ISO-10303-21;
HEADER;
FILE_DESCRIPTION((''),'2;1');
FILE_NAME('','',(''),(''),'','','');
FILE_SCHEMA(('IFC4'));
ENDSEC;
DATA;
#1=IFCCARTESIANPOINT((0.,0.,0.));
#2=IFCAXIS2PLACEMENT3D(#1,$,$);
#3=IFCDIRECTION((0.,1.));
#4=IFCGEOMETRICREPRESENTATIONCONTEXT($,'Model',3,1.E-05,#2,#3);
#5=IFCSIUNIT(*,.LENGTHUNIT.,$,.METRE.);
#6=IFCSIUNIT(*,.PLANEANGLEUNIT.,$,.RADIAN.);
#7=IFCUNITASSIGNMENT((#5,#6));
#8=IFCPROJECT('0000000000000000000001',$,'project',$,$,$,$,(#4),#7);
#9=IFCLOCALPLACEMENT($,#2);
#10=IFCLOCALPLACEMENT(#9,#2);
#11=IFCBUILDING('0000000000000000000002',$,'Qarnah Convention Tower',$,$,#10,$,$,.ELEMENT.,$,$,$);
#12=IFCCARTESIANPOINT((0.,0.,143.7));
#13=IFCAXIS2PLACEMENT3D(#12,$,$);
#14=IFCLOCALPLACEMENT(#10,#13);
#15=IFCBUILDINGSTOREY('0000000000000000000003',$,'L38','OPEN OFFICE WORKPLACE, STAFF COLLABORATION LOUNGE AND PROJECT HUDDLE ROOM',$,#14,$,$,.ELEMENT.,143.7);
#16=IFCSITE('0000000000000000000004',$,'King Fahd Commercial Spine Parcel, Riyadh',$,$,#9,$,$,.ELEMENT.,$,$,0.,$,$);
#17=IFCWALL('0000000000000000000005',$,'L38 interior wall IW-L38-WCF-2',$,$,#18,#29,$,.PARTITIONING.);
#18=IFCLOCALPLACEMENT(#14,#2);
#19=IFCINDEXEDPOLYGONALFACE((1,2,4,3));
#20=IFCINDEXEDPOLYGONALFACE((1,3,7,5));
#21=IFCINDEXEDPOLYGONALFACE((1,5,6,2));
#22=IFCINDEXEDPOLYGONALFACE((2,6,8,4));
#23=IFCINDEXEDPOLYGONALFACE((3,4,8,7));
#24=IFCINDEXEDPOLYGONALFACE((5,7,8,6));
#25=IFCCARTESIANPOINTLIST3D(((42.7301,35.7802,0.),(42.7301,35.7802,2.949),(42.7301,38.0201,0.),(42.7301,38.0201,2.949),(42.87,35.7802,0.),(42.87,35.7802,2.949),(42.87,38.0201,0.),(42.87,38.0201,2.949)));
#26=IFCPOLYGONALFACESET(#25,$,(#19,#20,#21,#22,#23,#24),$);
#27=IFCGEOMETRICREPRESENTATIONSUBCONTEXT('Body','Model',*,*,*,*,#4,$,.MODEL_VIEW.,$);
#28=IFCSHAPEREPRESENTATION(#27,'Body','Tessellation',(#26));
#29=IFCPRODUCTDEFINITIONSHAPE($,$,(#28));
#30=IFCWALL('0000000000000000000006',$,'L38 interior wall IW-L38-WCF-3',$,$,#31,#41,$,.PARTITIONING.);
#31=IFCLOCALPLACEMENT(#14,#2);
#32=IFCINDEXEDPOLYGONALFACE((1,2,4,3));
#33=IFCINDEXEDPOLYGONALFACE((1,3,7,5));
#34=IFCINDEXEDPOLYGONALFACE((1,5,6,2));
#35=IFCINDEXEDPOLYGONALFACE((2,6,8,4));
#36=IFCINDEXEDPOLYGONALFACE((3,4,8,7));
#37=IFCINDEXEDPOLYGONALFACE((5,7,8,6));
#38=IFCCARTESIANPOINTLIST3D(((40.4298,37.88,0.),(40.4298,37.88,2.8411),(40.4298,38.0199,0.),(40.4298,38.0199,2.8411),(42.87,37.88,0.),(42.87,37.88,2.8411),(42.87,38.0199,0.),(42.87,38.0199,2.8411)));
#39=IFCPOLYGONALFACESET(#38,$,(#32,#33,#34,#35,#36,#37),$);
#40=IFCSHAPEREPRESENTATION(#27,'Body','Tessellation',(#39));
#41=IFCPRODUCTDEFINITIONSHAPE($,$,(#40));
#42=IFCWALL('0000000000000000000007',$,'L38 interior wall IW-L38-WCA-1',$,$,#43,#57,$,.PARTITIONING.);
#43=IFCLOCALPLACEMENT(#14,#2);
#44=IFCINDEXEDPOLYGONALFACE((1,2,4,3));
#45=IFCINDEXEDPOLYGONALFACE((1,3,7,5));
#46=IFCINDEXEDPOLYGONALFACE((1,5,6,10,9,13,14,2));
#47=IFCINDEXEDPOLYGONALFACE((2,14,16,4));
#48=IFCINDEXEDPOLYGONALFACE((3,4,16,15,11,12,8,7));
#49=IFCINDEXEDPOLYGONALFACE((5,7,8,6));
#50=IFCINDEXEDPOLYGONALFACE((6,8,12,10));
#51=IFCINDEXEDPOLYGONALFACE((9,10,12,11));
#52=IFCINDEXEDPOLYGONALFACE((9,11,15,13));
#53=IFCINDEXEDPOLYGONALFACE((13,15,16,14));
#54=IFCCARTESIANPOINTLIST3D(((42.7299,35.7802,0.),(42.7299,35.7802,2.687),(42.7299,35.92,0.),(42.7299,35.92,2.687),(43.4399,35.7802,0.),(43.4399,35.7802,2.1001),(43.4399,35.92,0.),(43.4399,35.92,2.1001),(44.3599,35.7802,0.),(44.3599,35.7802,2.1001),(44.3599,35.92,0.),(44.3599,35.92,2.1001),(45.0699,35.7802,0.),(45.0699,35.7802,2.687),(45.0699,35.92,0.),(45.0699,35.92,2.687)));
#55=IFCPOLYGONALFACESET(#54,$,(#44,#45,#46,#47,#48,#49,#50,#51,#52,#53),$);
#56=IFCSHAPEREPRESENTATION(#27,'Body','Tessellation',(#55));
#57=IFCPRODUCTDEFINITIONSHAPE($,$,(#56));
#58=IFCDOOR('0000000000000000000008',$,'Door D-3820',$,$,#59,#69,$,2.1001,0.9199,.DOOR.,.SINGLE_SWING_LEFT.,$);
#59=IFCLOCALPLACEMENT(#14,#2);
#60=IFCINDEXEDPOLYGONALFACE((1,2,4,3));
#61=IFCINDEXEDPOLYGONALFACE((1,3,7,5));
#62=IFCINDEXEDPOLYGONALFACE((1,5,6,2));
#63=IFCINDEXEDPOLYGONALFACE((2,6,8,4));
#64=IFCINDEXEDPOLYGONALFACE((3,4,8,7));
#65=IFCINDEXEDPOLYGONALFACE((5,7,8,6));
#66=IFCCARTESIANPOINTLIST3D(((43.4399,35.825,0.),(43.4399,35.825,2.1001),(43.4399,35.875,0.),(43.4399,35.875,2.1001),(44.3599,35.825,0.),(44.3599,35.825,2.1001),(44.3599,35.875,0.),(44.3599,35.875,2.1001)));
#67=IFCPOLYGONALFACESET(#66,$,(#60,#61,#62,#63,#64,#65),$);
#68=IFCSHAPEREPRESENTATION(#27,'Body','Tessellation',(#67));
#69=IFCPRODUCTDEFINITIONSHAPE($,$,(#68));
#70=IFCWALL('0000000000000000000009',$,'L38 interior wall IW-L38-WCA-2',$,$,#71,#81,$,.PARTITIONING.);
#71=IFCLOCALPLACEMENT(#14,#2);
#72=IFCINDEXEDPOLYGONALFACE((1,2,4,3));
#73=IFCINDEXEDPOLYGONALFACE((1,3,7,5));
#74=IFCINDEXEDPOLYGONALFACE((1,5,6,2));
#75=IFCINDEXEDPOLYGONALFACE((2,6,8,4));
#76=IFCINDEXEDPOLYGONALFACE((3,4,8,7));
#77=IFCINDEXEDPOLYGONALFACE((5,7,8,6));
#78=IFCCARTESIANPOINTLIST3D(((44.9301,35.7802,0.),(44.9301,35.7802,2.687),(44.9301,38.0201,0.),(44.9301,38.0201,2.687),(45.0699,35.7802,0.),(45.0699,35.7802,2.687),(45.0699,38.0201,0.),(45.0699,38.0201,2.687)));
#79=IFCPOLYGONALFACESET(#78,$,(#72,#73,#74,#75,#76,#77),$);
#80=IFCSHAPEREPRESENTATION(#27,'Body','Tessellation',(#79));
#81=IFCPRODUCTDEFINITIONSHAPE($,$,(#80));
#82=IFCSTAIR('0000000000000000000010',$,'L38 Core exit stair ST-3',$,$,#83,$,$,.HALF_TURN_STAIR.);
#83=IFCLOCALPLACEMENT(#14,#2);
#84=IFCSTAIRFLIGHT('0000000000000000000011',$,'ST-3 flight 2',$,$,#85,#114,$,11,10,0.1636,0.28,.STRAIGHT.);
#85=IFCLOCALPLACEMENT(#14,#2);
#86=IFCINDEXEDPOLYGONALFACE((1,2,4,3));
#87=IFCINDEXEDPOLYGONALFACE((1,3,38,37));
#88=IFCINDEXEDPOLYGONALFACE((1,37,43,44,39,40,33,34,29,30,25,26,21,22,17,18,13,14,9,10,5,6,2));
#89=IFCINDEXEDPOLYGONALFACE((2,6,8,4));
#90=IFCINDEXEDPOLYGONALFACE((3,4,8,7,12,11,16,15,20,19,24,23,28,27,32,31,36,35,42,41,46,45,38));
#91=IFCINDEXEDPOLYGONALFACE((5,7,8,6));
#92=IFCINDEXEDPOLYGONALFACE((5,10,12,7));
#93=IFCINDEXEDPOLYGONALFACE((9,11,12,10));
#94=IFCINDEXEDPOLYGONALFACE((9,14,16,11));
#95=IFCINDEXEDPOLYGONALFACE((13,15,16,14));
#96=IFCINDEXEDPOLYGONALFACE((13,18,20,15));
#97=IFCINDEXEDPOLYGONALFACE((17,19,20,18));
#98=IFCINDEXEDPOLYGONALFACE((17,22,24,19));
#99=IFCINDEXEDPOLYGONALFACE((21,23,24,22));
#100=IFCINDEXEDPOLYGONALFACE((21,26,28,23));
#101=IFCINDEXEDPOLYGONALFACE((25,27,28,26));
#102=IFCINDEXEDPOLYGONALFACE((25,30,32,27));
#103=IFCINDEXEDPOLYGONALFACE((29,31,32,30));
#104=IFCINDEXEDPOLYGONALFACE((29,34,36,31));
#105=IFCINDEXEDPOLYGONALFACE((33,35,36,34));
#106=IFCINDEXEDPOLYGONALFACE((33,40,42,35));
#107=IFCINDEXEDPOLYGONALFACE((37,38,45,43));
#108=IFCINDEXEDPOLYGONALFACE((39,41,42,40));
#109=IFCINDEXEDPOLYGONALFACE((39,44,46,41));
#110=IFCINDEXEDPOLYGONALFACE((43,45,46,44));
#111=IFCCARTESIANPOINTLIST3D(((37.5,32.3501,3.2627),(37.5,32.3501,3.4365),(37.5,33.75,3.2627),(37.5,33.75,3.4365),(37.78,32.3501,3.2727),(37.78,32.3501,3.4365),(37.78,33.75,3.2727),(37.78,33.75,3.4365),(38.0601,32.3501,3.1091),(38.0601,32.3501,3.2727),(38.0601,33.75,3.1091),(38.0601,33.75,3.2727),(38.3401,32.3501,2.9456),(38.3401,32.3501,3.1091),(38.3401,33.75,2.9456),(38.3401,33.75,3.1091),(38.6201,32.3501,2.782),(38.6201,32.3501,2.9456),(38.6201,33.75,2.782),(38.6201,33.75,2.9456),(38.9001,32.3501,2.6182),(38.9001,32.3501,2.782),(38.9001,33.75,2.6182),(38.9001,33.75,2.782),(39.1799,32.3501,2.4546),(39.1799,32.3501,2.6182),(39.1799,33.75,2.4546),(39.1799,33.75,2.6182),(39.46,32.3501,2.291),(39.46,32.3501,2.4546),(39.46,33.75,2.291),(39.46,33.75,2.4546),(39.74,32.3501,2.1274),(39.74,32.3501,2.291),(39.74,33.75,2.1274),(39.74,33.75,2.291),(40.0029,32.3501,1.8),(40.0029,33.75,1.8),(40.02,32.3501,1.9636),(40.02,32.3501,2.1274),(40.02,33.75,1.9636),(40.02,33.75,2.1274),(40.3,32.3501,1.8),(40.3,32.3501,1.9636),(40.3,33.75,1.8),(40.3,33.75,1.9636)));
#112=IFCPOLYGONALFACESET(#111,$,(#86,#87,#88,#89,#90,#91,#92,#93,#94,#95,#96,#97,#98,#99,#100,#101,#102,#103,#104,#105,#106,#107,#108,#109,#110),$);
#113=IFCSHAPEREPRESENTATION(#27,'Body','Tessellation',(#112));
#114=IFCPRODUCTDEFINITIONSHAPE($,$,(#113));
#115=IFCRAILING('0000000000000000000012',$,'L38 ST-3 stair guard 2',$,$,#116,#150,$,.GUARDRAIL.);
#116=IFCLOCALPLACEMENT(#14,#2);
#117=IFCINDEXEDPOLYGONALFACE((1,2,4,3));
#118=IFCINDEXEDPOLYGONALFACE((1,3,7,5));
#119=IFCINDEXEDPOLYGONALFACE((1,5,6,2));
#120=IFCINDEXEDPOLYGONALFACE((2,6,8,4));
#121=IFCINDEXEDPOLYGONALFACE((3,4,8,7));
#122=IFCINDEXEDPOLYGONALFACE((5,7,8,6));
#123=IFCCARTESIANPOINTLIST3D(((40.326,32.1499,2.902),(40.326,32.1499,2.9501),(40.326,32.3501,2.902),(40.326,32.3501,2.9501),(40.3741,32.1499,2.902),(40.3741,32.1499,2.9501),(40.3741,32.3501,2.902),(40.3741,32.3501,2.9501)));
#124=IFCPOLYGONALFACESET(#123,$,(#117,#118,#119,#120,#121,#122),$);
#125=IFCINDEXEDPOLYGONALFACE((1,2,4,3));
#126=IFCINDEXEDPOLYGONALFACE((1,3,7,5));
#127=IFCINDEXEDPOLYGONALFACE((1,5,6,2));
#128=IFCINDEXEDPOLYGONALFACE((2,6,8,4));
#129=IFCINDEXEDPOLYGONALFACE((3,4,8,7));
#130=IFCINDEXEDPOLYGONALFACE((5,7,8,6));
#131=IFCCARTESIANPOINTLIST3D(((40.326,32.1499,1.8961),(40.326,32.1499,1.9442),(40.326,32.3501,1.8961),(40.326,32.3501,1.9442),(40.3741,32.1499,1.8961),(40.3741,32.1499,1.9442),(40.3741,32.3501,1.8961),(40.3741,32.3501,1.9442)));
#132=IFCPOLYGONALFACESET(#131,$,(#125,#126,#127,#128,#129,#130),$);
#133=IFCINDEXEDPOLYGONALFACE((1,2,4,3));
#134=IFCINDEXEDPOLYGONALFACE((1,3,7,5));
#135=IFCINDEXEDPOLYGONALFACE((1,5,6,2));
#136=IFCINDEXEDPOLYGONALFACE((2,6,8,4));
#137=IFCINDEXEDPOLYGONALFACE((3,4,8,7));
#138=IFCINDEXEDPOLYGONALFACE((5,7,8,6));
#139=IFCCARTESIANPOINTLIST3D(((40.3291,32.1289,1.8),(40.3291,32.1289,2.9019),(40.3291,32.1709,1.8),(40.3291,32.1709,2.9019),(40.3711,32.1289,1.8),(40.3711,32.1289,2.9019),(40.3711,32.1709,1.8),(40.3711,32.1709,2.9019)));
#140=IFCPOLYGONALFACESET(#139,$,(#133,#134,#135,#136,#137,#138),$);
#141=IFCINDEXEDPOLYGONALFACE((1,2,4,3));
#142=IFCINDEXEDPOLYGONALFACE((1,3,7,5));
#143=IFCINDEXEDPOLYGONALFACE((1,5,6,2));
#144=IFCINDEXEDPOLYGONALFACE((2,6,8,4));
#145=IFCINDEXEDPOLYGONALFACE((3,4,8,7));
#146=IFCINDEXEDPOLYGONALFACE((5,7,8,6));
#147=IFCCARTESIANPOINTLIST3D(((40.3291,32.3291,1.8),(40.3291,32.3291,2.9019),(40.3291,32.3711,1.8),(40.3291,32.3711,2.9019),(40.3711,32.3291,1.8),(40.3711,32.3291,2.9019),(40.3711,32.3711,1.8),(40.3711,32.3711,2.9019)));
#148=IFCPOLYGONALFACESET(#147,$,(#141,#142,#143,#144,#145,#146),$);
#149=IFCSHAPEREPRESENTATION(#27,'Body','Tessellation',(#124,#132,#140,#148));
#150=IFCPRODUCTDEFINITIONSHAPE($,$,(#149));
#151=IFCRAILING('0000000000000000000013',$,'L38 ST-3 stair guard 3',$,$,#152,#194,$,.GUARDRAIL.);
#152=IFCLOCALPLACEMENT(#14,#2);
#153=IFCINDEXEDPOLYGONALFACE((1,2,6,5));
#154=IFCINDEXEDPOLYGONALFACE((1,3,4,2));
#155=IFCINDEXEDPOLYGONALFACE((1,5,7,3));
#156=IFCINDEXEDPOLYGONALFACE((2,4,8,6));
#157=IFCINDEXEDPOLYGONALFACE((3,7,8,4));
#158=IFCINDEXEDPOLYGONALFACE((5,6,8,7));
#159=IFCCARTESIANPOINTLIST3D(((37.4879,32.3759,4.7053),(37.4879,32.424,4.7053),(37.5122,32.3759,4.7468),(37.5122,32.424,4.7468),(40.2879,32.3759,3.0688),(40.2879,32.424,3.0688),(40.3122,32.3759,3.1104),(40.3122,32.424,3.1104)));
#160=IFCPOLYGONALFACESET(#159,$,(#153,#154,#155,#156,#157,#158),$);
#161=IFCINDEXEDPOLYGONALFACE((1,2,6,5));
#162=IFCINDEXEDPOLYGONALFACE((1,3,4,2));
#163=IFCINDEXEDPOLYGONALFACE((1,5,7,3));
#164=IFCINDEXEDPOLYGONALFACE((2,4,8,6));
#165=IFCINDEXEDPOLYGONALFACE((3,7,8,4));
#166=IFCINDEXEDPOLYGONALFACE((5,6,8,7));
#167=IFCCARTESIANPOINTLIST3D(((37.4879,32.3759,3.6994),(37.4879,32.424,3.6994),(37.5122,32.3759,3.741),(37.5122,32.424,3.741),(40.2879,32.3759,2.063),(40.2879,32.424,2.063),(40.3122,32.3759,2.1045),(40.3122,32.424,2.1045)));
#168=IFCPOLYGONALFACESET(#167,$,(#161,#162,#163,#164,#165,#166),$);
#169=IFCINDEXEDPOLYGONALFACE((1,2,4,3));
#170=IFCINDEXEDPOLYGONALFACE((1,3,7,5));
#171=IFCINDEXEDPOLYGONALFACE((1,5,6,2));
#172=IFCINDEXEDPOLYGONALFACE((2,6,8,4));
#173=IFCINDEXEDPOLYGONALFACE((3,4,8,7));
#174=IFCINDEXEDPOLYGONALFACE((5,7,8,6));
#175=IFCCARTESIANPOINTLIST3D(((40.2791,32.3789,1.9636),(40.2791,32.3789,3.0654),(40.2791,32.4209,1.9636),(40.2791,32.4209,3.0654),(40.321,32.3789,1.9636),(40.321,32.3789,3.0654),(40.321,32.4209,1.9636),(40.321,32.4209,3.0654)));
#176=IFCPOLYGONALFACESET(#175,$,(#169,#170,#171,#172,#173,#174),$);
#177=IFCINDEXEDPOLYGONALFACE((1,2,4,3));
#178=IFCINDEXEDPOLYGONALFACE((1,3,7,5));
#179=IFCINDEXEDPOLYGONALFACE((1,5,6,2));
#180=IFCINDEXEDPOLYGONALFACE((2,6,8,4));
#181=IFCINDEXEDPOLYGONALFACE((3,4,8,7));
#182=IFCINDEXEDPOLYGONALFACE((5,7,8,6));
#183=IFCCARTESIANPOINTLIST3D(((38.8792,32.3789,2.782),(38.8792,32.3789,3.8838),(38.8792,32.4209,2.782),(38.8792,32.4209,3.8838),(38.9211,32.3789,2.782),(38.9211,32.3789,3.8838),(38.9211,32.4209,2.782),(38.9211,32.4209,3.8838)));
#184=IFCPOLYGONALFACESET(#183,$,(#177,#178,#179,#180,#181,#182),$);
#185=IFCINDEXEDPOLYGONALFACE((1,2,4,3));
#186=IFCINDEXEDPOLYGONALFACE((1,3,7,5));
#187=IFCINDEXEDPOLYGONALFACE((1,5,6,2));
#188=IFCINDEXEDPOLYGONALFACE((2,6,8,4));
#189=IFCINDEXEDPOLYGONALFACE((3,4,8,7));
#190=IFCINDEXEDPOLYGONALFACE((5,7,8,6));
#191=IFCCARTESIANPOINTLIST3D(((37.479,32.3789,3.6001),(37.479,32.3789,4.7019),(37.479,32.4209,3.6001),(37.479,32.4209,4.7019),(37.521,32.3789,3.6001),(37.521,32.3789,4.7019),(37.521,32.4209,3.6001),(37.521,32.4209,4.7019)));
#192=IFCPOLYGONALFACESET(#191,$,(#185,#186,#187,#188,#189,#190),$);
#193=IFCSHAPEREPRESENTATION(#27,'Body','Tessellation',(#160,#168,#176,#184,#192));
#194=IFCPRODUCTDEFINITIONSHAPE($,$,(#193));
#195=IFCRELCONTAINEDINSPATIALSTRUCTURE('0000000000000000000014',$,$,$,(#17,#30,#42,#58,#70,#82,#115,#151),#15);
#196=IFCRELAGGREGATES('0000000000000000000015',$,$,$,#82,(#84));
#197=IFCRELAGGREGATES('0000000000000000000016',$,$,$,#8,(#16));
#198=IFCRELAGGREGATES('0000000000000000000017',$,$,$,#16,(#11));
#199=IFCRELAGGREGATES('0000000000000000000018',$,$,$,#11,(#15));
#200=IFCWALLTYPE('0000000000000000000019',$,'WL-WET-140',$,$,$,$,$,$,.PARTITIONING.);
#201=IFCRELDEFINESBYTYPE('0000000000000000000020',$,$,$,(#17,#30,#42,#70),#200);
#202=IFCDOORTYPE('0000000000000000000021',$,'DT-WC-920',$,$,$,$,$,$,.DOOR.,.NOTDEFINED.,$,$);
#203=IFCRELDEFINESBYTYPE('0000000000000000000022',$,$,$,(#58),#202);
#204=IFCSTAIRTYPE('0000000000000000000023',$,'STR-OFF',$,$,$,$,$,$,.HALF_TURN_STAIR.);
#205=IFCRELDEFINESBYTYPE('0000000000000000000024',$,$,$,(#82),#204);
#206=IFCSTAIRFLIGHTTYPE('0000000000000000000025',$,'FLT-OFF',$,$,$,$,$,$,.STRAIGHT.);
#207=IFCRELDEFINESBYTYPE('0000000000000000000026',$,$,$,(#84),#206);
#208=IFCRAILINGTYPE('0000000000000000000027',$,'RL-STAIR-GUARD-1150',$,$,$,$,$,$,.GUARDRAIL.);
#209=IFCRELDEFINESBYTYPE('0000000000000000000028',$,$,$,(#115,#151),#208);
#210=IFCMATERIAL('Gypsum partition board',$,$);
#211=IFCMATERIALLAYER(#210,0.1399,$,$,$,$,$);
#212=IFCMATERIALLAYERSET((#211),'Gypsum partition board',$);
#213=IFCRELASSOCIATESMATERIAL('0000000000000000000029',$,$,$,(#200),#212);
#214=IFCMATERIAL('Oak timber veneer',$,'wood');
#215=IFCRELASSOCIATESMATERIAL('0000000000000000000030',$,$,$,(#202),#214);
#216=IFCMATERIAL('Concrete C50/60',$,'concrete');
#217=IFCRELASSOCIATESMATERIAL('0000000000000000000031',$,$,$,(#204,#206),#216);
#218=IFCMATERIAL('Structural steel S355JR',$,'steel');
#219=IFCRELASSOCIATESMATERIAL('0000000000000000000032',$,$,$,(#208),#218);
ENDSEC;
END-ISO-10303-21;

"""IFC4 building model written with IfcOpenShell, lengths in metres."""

from ifc_helpers import new_model, si_unit, direction, frame, frame_2d, origin, origin_2d, place, context, subcontext, project, spatial, polyline, rectangle, outline, extrude, material, layer, layer_set, type_object, element, fill, aggregate, save


model = new_model("IFC4")

# Units and contexts
model_context = context("Model", 3, precision=1e-05, world=origin(), true_north=direction((0.0, 1.0)))
body_context = subcontext(model_context, "Body", "Model", "MODEL_VIEW")
ifc_project = project(units=[si_unit("LENGTHUNIT", "METRE"), si_unit("PLANEANGLEUNIT", "RADIAN")], contexts=[model_context])

# Site, building, storey
site_placement = place(None, origin())
site = spatial("IfcSite", under=ifc_project, at=site_placement, Name="King Fahd Commercial Spine Parcel, Riyadh", CompositionType="ELEMENT", RefElevation=0.0)
building_placement = place(site_placement, origin())
building = spatial("IfcBuilding", under=site, at=building_placement, Name="Qarnah Convention Tower", CompositionType="ELEMENT")
storey_placement = place(building_placement, frame((0.0, 0.0, 143.7)))
storey = spatial("IfcBuildingStorey", under=building, at=storey_placement, Name="L38", Description="OPEN OFFICE WORKPLACE, STAFF COLLABORATION LOUNGE AND PROJECT HUDDLE ROOM", CompositionType="ELEMENT", Elevation=143.7)

# Shared definitions
ifc_material_1 = material(Name="Structural steel S355JR", Category="steel")

# Shared definitions
ifc_material_2 = material(Name="Gypsum partition board")

# Shared definitions
ifc_layer_1 = layer(ifc_material_2, 0.1399)
ifc_layer_set_1 = layer_set([ifc_layer_1], Name="Gypsum partition board")
wall_type_1 = type_object("IfcWallType", Name="WL-WET-140", PredefinedType="PARTITIONING", material=ifc_layer_set_1)
ifc_material_3 = material(Name="Oak timber veneer", Category="wood")
door_type_1 = type_object("IfcDoorType", Name="DT-WC-920", OperationType="NOTDEFINED", PredefinedType="DOOR", material=ifc_material_3)

# Walls
wall_1_placement = place(storey_placement, frame((42.8, 35.78, 0.0), z_axis=(0.0, 0.0, 1.0), x_axis=(0.0, 1.0, 0.0)))
element("IfcWall", 1, at=wall_1_placement, inside=storey, type_object=wall_type_1, Name="L38 interior wall IW-L38-WCF-2", PredefinedType="PARTITIONING", context=body_context, shape_type="SweptSolid", body=[
    extrude(rectangle(XDim=2.24, YDim=0.1399, at=frame_2d((1.1201, 0.0))), origin(), (0.0, 0.0, 1.0), 2.949),
])
wall_2_placement = place(storey_placement, frame((42.8701, 37.95, 0.0), z_axis=(0.0, 0.0, 1.0), x_axis=(-1.0, 0.0, 0.0)))
element("IfcWall", 2, at=wall_2_placement, inside=storey, type_object=wall_type_1, Name="L38 interior wall IW-L38-WCF-3", PredefinedType="PARTITIONING", context=body_context, shape_type="SweptSolid", body=[
    extrude(rectangle(XDim=2.4402, YDim=0.1399, at=frame_2d((1.2202, 0.0))), origin(), (0.0, 0.0, 1.0), 2.8411),
])

# Wall, opening, door
wall_3_placement = place(storey_placement, frame((42.73, 35.8501, 0.0), z_axis=(0.0, 0.0, 1.0), x_axis=(1.0, 0.0, 0.0)))
wall_3 = element("IfcWall", 3, at=wall_3_placement, inside=storey, type_object=wall_type_1, Name="L38 interior wall IW-L38-WCA-1", PredefinedType="PARTITIONING", context=body_context, shape_type="SweptSolid", body=[
    extrude(rectangle(XDim=2.3401, YDim=0.1399, at=frame_2d((1.1699, 0.0))), origin(), (0.0, 0.0, 1.0), 2.687),
])
opening_1_placement = place(wall_3_placement, frame((0.71, 0.0, 0.0)))
opening_1 = element("IfcOpeningElement", 4, at=opening_1_placement, cuts=wall_3, PredefinedType="OPENING", context=body_context, shape_type="SweptSolid", body=[
    extrude(rectangle(XDim=0.9199, YDim=2.1001, at=frame_2d((0.46, 1.05))), frame((0.0, 0.0798, 0.0), z_axis=(0.0, -1.0, 0.0), x_axis=(1.0, 0.0, 0.0)), (0.0, 0.0, 1.0), 0.1599),
])
door_1_placement = place(opening_1_placement, origin())
door_1 = element("IfcDoor", 5, at=door_1_placement, inside=storey, type_object=door_type_1, Name="Door D-3820", OperationType="SINGLE_SWING_LEFT", OverallHeight=2.1001, OverallWidth=0.9199, PredefinedType="DOOR", context=body_context, shape_type="SweptSolid", body=[
    extrude(rectangle(XDim=0.9199, YDim=2.1001, at=frame_2d((0.46, 1.05))), frame((0.0, 0.0249, 0.0), z_axis=(0.0, -1.0, 0.0), x_axis=(1.0, 0.0, 0.0)), (0.0, 0.0, 1.0), 0.05),
])
fill(opening_1, door_1)

# Wall
wall_4_placement = place(storey_placement, frame((45.0, 35.78, 0.0), z_axis=(0.0, 0.0, 1.0), x_axis=(0.0, 1.0, 0.0)))
element("IfcWall", 6, at=wall_4_placement, inside=storey, type_object=wall_type_1, Name="L38 interior wall IW-L38-WCA-2", PredefinedType="PARTITIONING", context=body_context, shape_type="SweptSolid", body=[
    extrude(rectangle(XDim=2.24, YDim=0.1399, at=frame_2d((1.1201, 0.0))), origin(), (0.0, 0.0, 1.0), 2.687),
])

# Stair, stair flight
ifc_material_4 = material(Name="Concrete C50/60", Category="concrete")
stair_type = type_object("IfcStairType", Name="STR-OFF", PredefinedType="HALF_TURN_STAIR", material=ifc_material_4)
stair_placement = place(storey_placement, origin())
stair = element("IfcStair", 7, at=stair_placement, inside=storey, type_object=stair_type, Name="L38 Core exit stair ST-3", PredefinedType="HALF_TURN_STAIR")
stair_flight_type = type_object("IfcStairFlightType", Name="FLT-OFF", PredefinedType="STRAIGHT", material=ifc_material_4)
stair_flight_placement = place(storey_placement, frame((40.3, 33.05, 1.8), z_axis=(0.0, 0.0, 1.0), x_axis=(-1.0, 0.0, 0.0)))
stair_flight = element("IfcStairFlight", 8, at=stair_flight_placement, type_object=stair_flight_type, Name="ST-3 flight 2", NumberOfRisers=11, NumberOfTreads=10, PredefinedType="STRAIGHT", RiserHeight=0.1636, TreadLength=0.28, context=body_context, shape_type="SweptSolid", body=[
    extrude(outline(polyline([(0.0, 0.0), (0.0, 0.1636), (0.28, 0.1636), (0.28, 0.3274), (0.5601, 0.3274), (0.5601, 0.491), (0.8401, 0.491), (0.8401, 0.6545), (1.1201, 0.6545), (1.1201, 0.8181), (1.3999, 0.8181), (1.3999, 0.9819), (1.6799, 0.9819), (1.6799, 1.1455), (1.96, 1.1455), (1.96, 1.3091), (2.24, 1.3091), (2.24, 1.4727), (2.52, 1.4727), (2.52, 1.6365), (2.8, 1.6365), (2.8, 1.8), (2.8, 1.4626), (0.2971, 0.0), (0.0, 0.0)])), frame((0.0, 0.7, 0.0), z_axis=(0.0, -1.0, 0.0), x_axis=(1.0, 0.0, 0.0)), (0.0, 0.0, 1.0), 1.3999),
])
aggregate(stair, [stair_flight])

# Railings
railing_type_1 = type_object("IfcRailingType", Name="RL-STAIR-GUARD-1150", PredefinedType="GUARDRAIL", material=ifc_material_1)
railing_1_placement = place(storey_placement, frame((40.3501, 32.1499, 1.8)))
element("IfcRailing", 9, at=railing_1_placement, inside=storey, type_object=railing_type_1, Name="L38 ST-3 stair guard 2", PredefinedType="GUARDRAIL", context=body_context, shape_type="SweptSolid", body=[
    extrude(rectangle(XDim=0.0481, YDim=0.0481, at=origin_2d()), frame((0.0, 0.0, 1.126), z_axis=(0.0, 1.0, 0.0), x_axis=(-1.0, 0.0, 0.0)), (0.0, 0.0, 1.0), 0.2002),
    extrude(rectangle(XDim=0.0481, YDim=0.0481, at=origin_2d()), frame((0.0, 0.0, 0.1201), z_axis=(0.0, 1.0, 0.0), x_axis=(-1.0, 0.0, 0.0)), (0.0, 0.0, 1.0), 0.2002),
    extrude(rectangle(XDim=0.042, YDim=0.042, at=origin_2d()), origin(), (0.0, 0.0, 1.0), 1.1018),
    extrude(rectangle(XDim=0.042, YDim=0.042, at=origin_2d()), frame((0.0, 0.2002, 0.0)), (0.0, 0.0, 1.0), 1.1018),
])
railing_2_placement = place(storey_placement, frame((40.3, 32.3999, 1.9636)))
element("IfcRailing", 10, at=railing_2_placement, inside=storey, type_object=railing_type_1, Name="L38 ST-3 stair guard 3", PredefinedType="GUARDRAIL", context=body_context, shape_type="SweptSolid", body=[
    extrude(rectangle(XDim=0.0481, YDim=0.0481, at=origin_2d()), frame((0.0, 0.0, 1.126), z_axis=(-0.863361, 0.0, 0.504587), x_axis=(0.0, -1.0, 0.0)), (0.0, 0.0, 1.0), 3.2432),
    extrude(rectangle(XDim=0.0481, YDim=0.0481, at=origin_2d()), frame((0.0, 0.0, 0.1201), z_axis=(-0.863361, 0.0, 0.504587), x_axis=(0.0, -1.0, 0.0)), (0.0, 0.0, 1.0), 3.2432),
    extrude(rectangle(XDim=0.042, YDim=0.042, at=origin_2d()), origin(), (0.0, 0.0, 1.0), 1.1018),
    extrude(rectangle(XDim=0.042, YDim=0.042, at=origin_2d()), frame((-1.3999, 0.0, 0.8184)), (0.0, 0.0, 1.0), 1.1018),
    extrude(rectangle(XDim=0.042, YDim=0.042, at=origin_2d()), frame((-2.8, 0.0, 1.6365)), (0.0, 0.0, 1.0), 1.1018),
])

save(model, "model.ifc")
